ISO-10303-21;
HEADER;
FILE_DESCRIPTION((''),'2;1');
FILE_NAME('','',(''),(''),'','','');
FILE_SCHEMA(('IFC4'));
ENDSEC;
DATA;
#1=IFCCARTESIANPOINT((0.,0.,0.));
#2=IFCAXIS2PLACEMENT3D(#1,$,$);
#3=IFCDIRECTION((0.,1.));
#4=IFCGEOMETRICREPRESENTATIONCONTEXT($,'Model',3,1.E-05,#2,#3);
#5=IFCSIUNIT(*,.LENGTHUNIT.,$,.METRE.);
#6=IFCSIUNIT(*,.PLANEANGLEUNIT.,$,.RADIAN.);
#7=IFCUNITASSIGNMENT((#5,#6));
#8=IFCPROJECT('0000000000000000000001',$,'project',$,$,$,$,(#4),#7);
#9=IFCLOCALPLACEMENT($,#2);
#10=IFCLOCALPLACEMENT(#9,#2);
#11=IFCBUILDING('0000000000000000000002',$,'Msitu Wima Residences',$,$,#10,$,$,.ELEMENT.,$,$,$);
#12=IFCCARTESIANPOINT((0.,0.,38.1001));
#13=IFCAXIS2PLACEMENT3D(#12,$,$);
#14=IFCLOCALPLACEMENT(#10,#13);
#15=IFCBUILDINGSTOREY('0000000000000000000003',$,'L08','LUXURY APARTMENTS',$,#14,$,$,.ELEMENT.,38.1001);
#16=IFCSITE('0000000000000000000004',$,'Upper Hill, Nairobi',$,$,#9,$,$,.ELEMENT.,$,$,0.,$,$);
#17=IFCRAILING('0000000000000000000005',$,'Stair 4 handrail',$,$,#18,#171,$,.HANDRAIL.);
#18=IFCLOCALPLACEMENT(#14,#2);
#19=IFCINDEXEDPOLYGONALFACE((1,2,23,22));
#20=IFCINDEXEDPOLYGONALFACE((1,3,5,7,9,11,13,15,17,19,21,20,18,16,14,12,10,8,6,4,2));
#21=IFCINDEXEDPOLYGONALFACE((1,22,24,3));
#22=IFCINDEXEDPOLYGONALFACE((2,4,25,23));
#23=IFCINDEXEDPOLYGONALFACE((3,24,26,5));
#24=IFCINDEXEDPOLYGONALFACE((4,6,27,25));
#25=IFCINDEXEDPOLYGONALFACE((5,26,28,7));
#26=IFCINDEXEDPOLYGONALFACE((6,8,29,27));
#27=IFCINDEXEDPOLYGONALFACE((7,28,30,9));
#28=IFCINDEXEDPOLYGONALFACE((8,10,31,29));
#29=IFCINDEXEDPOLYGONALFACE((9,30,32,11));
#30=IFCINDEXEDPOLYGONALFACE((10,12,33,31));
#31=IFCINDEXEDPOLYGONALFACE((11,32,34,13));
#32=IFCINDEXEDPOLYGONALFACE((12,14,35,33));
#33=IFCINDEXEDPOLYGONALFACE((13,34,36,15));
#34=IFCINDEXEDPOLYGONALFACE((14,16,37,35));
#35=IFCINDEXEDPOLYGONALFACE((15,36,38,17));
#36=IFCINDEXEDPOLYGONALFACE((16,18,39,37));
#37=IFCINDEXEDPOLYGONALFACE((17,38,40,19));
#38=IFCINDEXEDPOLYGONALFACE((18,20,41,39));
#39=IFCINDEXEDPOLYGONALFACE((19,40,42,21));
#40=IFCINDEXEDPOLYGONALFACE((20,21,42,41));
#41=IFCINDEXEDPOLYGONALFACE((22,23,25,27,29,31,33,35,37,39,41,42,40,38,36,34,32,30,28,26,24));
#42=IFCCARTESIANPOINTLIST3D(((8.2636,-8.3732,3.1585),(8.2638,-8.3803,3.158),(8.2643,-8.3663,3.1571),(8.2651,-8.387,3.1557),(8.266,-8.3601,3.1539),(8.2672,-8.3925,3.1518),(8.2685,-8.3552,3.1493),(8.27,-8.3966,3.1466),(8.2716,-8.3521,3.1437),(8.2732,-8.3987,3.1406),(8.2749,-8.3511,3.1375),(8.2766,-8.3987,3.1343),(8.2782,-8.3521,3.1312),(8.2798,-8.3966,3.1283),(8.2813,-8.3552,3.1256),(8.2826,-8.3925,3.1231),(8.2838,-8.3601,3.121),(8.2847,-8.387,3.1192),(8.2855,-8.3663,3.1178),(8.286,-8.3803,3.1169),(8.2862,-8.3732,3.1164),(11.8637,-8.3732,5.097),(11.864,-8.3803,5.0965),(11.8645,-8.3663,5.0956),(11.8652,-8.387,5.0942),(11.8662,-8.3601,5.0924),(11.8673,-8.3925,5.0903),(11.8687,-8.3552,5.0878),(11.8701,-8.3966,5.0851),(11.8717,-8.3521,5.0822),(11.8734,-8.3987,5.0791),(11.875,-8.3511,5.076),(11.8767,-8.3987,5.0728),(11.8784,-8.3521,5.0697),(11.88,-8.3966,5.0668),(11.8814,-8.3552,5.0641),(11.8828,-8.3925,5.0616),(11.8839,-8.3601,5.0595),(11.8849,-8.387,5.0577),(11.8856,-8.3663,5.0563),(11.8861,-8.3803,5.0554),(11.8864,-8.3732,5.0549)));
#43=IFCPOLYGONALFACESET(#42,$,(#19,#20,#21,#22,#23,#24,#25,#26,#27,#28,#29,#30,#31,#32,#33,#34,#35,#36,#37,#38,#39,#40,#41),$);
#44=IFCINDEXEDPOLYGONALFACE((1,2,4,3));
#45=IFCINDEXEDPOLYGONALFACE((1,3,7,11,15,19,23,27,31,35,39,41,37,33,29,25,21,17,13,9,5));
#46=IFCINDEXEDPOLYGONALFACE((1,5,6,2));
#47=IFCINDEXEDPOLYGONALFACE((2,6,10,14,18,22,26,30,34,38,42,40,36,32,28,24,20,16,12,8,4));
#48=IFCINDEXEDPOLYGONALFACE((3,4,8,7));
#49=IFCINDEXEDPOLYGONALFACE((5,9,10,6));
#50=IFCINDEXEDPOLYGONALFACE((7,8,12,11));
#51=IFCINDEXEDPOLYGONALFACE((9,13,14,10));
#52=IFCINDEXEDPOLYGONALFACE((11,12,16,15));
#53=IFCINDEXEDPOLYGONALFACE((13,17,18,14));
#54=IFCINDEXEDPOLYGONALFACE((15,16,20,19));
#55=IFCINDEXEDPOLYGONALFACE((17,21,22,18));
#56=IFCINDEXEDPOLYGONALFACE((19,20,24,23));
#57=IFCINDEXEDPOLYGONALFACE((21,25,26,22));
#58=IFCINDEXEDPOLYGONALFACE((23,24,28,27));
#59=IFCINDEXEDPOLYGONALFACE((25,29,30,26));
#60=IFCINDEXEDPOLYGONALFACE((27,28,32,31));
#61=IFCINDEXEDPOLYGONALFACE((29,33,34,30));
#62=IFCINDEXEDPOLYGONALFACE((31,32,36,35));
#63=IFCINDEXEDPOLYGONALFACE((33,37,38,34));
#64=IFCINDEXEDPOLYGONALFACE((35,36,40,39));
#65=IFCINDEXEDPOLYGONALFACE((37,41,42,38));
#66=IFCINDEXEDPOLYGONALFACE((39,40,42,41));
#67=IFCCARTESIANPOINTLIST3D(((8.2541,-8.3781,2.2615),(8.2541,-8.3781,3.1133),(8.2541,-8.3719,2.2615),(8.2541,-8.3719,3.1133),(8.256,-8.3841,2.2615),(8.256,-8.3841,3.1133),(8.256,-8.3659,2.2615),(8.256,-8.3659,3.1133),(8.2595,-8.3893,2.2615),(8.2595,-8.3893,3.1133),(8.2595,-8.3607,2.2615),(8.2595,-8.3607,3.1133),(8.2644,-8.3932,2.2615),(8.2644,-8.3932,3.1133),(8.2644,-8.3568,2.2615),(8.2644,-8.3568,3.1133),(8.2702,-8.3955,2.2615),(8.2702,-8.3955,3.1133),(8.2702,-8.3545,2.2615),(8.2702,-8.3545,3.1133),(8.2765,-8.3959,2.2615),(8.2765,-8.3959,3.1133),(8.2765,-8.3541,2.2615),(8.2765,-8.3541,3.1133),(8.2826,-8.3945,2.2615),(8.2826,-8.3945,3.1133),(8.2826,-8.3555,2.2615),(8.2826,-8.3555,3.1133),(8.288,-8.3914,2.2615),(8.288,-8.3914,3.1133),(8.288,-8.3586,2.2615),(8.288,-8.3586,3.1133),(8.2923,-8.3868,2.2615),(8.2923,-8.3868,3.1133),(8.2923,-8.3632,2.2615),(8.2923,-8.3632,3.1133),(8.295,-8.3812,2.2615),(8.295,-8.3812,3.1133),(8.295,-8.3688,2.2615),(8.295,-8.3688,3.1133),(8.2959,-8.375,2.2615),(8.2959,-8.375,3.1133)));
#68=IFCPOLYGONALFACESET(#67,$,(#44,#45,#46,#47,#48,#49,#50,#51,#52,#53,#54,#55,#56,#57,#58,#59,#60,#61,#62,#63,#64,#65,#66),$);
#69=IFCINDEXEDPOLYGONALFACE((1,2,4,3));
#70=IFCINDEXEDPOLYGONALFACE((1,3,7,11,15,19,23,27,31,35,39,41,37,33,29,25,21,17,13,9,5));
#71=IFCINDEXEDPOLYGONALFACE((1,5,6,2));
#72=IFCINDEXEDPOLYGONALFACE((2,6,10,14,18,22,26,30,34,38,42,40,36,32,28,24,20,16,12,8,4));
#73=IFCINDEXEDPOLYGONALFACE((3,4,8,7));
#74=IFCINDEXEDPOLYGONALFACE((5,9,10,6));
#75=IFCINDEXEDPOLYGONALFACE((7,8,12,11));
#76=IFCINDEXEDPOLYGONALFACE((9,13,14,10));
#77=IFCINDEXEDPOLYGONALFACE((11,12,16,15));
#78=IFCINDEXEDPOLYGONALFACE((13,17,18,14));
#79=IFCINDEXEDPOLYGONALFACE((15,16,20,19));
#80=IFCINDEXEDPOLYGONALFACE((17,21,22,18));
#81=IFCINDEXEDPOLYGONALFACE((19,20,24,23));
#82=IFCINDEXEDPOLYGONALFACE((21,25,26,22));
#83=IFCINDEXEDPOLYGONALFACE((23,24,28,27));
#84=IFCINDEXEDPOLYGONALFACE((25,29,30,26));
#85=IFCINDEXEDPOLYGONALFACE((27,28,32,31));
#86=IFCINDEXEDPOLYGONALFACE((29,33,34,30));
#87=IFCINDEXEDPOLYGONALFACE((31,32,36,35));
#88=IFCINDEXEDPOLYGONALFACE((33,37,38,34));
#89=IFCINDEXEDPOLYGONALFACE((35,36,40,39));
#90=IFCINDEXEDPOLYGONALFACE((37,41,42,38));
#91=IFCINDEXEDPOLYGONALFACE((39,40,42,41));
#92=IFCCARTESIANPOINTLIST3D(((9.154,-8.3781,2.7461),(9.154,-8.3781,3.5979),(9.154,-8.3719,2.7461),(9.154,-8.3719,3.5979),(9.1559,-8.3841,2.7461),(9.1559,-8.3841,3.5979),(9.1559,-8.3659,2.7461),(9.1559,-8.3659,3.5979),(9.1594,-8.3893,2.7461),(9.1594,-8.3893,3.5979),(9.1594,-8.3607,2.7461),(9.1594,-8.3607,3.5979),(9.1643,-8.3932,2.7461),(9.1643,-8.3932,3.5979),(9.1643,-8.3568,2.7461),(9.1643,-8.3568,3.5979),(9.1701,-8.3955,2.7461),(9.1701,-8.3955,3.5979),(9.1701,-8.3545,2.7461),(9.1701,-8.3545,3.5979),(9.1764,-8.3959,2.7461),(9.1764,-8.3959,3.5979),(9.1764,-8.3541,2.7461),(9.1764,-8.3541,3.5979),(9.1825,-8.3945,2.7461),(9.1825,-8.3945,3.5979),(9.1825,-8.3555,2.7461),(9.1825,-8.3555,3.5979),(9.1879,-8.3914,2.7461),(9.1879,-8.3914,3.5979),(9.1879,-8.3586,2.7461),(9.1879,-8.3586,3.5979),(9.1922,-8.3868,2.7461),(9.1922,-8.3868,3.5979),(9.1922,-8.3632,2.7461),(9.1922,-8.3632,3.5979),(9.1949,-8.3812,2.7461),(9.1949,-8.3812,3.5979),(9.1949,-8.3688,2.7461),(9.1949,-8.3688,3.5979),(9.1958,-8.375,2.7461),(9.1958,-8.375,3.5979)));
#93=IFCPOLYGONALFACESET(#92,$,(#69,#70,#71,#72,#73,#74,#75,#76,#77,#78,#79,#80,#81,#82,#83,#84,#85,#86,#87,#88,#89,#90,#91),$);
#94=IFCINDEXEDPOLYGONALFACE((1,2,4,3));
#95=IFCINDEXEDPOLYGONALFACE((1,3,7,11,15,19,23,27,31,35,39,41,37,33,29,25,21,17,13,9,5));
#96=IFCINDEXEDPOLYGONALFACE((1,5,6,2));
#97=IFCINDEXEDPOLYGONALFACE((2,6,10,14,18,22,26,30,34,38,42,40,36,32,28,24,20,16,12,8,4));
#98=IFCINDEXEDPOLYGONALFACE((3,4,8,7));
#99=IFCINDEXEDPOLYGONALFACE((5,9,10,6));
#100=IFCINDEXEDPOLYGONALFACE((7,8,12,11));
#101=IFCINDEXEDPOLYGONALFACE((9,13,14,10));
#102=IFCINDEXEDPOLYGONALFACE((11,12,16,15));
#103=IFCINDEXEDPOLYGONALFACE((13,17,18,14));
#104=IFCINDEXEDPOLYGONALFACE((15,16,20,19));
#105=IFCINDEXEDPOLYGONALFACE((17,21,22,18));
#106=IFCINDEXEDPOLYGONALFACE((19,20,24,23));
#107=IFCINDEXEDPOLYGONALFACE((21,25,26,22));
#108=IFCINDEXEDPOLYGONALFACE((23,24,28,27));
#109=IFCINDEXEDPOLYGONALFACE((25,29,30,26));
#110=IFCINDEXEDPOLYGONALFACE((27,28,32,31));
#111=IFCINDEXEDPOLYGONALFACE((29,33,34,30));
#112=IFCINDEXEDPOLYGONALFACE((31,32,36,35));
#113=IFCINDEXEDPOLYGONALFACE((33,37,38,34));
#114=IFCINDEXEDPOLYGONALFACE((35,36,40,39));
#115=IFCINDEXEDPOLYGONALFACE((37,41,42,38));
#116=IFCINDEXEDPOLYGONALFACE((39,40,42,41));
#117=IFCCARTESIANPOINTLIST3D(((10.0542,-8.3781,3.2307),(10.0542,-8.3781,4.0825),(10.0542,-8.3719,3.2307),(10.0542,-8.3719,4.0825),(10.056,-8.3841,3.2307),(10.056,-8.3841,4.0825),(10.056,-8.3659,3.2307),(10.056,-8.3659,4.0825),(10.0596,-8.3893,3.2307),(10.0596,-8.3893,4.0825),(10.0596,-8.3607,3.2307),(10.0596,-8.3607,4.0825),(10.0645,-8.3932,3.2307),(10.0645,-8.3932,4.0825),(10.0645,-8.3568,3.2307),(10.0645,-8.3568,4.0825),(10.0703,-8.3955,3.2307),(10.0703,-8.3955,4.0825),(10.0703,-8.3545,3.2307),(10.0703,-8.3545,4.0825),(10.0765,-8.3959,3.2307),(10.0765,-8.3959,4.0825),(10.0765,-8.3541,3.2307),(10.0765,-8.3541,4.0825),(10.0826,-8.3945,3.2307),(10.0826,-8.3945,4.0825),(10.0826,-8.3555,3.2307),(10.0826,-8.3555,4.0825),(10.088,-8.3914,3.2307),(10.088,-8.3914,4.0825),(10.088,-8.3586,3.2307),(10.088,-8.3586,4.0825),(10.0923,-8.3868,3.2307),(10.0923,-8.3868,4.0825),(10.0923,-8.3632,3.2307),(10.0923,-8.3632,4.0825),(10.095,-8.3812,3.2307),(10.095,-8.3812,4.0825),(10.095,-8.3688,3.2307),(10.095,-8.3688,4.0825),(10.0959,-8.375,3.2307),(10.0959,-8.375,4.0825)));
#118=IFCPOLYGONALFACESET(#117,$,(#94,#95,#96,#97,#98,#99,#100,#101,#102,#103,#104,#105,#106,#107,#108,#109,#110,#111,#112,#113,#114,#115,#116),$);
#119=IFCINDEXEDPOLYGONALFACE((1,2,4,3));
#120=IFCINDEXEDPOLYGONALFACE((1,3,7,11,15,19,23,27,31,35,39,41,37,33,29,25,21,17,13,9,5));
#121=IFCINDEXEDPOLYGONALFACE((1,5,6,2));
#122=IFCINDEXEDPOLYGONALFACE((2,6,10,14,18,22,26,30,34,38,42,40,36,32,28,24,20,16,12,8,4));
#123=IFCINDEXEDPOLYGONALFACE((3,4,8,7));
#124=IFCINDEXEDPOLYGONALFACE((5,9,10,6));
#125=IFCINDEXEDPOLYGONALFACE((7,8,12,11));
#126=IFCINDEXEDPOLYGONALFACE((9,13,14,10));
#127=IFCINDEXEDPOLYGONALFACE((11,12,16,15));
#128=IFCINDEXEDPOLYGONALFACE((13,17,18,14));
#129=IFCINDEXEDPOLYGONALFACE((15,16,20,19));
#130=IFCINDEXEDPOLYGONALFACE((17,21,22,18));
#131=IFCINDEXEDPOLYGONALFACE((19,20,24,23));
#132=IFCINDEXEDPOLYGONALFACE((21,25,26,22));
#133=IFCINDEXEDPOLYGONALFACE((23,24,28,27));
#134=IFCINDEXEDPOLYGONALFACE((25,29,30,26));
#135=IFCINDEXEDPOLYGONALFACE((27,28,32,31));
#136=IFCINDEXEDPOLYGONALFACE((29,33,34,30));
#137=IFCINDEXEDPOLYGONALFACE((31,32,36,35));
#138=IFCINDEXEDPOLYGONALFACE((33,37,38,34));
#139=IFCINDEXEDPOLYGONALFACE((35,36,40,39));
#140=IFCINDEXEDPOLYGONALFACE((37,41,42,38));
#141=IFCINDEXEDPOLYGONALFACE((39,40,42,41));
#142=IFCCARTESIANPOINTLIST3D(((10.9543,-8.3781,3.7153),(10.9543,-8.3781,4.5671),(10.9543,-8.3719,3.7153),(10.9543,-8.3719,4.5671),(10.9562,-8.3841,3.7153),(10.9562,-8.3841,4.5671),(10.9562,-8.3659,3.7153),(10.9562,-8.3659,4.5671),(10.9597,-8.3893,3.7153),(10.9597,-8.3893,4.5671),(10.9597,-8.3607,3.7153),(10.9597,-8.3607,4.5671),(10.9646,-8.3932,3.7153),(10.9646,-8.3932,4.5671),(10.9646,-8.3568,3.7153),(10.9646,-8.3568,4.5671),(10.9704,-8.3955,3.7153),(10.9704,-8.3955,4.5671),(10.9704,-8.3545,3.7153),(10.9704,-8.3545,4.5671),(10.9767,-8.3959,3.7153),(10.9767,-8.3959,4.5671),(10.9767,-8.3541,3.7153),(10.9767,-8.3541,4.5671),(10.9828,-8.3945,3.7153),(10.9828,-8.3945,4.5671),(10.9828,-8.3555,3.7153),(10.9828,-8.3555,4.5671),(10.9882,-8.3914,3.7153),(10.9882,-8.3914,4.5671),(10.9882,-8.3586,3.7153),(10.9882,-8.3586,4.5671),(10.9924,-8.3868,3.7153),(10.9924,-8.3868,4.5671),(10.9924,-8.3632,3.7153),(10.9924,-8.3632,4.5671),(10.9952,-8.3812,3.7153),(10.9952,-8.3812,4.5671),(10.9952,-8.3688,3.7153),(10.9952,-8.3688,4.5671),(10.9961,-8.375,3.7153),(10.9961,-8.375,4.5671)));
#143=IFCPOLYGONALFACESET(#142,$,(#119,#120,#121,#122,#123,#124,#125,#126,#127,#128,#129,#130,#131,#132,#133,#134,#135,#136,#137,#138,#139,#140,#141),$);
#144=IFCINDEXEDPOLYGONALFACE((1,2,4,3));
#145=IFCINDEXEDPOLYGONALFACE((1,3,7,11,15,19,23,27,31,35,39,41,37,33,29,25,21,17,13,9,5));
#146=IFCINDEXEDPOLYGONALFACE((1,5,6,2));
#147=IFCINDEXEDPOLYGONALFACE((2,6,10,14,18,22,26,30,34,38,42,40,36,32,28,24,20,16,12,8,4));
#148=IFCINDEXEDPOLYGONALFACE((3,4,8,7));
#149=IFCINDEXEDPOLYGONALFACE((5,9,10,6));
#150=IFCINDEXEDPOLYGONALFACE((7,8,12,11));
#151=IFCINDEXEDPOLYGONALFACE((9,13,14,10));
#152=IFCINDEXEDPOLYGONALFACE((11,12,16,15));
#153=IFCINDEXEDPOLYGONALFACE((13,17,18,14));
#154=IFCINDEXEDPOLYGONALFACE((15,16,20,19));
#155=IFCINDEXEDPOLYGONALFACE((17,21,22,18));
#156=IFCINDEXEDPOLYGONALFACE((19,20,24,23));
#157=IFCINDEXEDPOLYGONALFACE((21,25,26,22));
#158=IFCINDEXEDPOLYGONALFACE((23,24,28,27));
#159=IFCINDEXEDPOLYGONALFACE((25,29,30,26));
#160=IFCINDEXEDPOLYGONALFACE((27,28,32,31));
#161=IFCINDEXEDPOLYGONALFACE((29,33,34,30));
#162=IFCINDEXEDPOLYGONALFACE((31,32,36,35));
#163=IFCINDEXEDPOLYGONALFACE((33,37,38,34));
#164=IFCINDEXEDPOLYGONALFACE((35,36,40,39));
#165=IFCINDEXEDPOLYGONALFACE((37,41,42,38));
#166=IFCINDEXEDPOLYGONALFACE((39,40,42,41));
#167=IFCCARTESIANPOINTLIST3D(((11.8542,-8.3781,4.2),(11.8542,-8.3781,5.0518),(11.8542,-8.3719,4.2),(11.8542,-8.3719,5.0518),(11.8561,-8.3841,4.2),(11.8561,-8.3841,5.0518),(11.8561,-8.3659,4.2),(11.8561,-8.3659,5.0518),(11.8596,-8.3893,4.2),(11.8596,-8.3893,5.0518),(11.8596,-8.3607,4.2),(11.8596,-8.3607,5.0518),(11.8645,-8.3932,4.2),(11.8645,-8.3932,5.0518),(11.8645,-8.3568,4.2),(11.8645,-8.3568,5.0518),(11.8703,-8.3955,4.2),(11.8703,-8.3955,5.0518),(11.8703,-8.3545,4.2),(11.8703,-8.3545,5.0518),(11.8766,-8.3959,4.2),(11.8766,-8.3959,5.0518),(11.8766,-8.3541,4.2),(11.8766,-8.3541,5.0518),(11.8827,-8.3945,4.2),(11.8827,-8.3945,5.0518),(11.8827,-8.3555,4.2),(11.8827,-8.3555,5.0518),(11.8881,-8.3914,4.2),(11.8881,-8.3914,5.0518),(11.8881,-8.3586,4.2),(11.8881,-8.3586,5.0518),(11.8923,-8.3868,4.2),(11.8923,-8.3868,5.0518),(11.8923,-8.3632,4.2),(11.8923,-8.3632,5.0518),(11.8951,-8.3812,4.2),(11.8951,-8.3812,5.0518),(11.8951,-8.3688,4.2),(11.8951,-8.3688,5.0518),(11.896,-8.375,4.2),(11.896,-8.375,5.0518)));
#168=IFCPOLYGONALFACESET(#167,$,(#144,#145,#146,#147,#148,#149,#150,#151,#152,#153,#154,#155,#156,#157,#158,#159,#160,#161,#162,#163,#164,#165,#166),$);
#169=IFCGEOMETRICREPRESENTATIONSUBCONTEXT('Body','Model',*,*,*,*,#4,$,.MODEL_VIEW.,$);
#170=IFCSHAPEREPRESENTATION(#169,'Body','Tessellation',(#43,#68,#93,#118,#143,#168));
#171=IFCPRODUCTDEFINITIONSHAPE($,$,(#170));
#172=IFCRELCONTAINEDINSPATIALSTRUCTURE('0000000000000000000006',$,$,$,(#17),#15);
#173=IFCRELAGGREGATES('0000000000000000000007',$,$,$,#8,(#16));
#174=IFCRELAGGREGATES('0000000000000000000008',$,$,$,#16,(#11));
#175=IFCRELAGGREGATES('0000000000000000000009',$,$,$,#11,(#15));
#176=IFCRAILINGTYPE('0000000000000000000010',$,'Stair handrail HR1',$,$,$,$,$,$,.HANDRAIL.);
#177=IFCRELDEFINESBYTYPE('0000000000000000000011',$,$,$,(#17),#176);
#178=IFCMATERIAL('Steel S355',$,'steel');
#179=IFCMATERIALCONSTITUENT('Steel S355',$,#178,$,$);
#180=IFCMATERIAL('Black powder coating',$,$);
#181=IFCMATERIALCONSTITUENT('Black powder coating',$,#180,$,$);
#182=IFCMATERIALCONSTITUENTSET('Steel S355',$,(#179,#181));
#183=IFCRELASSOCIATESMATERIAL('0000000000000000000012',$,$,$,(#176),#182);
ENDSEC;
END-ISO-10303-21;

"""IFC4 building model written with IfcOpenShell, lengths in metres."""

from ifc_helpers import new_model, si_unit, direction, frame, origin, origin_2d, place, context, subcontext, project, spatial, circle, extrude, material, constituent, constituent_set, type_object, element, save


model = new_model("IFC4")

# Units and contexts
model_context = context("Model", 3, precision=1e-05, world=origin(), true_north=direction((0.0, 1.0)))
body_context = subcontext(model_context, "Body", "Model", "MODEL_VIEW")
ifc_project = project(units=[si_unit("LENGTHUNIT", "METRE"), si_unit("PLANEANGLEUNIT", "RADIAN")], contexts=[model_context])

# Site, building, storey
site_placement = place(None, origin())
site = spatial("IfcSite", under=ifc_project, at=site_placement, Name="Upper Hill, Nairobi", CompositionType="ELEMENT", RefElevation=0.0)
building_placement = place(site_placement, origin())
building = spatial("IfcBuilding", under=site, at=building_placement, Name="Msitu Wima Residences", CompositionType="ELEMENT")
storey_placement = place(building_placement, frame((0.0, 0.0, 38.1001)))
storey = spatial("IfcBuildingStorey", under=building, at=storey_placement, Name="L08", Description="LUXURY APARTMENTS", CompositionType="ELEMENT", Elevation=38.1001)

# Railing
ifc_material_1 = material(Name="Steel S355", Category="steel")
ifc_constituent_1 = constituent(ifc_material_1, Name="Steel S355")
ifc_material_2 = material(Name="Black powder coating")
ifc_constituent_2 = constituent(ifc_material_2, Name="Black powder coating")
ifc_constituent_set = constituent_set(constituents=[ifc_constituent_1, ifc_constituent_2], Name="Steel S355")
railing_type = type_object("IfcRailingType", Name="Stair handrail HR1", PredefinedType="HANDRAIL", material=ifc_constituent_set)
for number, where, name in (
    (1, (8.2749, -8.375, 2.2615), "Stair 4 handrail"),
):
    element("IfcRailing", number, at=place(storey_placement, frame(where)), inside=storey, type_object=railing_type, Name=name, PredefinedType="HANDRAIL", context=body_context, shape_type="SweptSolid", body=[
        extrude(circle(Radius=0.0239, at=origin_2d()), frame((0.0, 0.0, 0.876), z_axis=(0.880475, 0.0, 0.474093), x_axis=(0.0, 1.0, 0.0)), (0.0, 0.0, 1.0), 4.0889),
        extrude(circle(Radius=0.021, at=origin_2d()), origin(), (0.0, 0.0, 1.0), 0.8518),
        extrude(circle(Radius=0.021, at=origin_2d()), frame((0.8999, 0.0, 0.4846)), (0.0, 0.0, 1.0), 0.8518),
        extrude(circle(Radius=0.021, at=origin_2d()), frame((1.8, 0.0, 0.9692)), (0.0, 0.0, 1.0), 0.8518),
        extrude(circle(Radius=0.021, at=origin_2d()), frame((2.7002, 0.0, 1.4539)), (0.0, 0.0, 1.0), 0.8518),
        extrude(circle(Radius=0.021, at=origin_2d()), frame((3.6001, 0.0, 1.9385)), (0.0, 0.0, 1.0), 0.8518),
    ])

save(model, "model.ifc")
